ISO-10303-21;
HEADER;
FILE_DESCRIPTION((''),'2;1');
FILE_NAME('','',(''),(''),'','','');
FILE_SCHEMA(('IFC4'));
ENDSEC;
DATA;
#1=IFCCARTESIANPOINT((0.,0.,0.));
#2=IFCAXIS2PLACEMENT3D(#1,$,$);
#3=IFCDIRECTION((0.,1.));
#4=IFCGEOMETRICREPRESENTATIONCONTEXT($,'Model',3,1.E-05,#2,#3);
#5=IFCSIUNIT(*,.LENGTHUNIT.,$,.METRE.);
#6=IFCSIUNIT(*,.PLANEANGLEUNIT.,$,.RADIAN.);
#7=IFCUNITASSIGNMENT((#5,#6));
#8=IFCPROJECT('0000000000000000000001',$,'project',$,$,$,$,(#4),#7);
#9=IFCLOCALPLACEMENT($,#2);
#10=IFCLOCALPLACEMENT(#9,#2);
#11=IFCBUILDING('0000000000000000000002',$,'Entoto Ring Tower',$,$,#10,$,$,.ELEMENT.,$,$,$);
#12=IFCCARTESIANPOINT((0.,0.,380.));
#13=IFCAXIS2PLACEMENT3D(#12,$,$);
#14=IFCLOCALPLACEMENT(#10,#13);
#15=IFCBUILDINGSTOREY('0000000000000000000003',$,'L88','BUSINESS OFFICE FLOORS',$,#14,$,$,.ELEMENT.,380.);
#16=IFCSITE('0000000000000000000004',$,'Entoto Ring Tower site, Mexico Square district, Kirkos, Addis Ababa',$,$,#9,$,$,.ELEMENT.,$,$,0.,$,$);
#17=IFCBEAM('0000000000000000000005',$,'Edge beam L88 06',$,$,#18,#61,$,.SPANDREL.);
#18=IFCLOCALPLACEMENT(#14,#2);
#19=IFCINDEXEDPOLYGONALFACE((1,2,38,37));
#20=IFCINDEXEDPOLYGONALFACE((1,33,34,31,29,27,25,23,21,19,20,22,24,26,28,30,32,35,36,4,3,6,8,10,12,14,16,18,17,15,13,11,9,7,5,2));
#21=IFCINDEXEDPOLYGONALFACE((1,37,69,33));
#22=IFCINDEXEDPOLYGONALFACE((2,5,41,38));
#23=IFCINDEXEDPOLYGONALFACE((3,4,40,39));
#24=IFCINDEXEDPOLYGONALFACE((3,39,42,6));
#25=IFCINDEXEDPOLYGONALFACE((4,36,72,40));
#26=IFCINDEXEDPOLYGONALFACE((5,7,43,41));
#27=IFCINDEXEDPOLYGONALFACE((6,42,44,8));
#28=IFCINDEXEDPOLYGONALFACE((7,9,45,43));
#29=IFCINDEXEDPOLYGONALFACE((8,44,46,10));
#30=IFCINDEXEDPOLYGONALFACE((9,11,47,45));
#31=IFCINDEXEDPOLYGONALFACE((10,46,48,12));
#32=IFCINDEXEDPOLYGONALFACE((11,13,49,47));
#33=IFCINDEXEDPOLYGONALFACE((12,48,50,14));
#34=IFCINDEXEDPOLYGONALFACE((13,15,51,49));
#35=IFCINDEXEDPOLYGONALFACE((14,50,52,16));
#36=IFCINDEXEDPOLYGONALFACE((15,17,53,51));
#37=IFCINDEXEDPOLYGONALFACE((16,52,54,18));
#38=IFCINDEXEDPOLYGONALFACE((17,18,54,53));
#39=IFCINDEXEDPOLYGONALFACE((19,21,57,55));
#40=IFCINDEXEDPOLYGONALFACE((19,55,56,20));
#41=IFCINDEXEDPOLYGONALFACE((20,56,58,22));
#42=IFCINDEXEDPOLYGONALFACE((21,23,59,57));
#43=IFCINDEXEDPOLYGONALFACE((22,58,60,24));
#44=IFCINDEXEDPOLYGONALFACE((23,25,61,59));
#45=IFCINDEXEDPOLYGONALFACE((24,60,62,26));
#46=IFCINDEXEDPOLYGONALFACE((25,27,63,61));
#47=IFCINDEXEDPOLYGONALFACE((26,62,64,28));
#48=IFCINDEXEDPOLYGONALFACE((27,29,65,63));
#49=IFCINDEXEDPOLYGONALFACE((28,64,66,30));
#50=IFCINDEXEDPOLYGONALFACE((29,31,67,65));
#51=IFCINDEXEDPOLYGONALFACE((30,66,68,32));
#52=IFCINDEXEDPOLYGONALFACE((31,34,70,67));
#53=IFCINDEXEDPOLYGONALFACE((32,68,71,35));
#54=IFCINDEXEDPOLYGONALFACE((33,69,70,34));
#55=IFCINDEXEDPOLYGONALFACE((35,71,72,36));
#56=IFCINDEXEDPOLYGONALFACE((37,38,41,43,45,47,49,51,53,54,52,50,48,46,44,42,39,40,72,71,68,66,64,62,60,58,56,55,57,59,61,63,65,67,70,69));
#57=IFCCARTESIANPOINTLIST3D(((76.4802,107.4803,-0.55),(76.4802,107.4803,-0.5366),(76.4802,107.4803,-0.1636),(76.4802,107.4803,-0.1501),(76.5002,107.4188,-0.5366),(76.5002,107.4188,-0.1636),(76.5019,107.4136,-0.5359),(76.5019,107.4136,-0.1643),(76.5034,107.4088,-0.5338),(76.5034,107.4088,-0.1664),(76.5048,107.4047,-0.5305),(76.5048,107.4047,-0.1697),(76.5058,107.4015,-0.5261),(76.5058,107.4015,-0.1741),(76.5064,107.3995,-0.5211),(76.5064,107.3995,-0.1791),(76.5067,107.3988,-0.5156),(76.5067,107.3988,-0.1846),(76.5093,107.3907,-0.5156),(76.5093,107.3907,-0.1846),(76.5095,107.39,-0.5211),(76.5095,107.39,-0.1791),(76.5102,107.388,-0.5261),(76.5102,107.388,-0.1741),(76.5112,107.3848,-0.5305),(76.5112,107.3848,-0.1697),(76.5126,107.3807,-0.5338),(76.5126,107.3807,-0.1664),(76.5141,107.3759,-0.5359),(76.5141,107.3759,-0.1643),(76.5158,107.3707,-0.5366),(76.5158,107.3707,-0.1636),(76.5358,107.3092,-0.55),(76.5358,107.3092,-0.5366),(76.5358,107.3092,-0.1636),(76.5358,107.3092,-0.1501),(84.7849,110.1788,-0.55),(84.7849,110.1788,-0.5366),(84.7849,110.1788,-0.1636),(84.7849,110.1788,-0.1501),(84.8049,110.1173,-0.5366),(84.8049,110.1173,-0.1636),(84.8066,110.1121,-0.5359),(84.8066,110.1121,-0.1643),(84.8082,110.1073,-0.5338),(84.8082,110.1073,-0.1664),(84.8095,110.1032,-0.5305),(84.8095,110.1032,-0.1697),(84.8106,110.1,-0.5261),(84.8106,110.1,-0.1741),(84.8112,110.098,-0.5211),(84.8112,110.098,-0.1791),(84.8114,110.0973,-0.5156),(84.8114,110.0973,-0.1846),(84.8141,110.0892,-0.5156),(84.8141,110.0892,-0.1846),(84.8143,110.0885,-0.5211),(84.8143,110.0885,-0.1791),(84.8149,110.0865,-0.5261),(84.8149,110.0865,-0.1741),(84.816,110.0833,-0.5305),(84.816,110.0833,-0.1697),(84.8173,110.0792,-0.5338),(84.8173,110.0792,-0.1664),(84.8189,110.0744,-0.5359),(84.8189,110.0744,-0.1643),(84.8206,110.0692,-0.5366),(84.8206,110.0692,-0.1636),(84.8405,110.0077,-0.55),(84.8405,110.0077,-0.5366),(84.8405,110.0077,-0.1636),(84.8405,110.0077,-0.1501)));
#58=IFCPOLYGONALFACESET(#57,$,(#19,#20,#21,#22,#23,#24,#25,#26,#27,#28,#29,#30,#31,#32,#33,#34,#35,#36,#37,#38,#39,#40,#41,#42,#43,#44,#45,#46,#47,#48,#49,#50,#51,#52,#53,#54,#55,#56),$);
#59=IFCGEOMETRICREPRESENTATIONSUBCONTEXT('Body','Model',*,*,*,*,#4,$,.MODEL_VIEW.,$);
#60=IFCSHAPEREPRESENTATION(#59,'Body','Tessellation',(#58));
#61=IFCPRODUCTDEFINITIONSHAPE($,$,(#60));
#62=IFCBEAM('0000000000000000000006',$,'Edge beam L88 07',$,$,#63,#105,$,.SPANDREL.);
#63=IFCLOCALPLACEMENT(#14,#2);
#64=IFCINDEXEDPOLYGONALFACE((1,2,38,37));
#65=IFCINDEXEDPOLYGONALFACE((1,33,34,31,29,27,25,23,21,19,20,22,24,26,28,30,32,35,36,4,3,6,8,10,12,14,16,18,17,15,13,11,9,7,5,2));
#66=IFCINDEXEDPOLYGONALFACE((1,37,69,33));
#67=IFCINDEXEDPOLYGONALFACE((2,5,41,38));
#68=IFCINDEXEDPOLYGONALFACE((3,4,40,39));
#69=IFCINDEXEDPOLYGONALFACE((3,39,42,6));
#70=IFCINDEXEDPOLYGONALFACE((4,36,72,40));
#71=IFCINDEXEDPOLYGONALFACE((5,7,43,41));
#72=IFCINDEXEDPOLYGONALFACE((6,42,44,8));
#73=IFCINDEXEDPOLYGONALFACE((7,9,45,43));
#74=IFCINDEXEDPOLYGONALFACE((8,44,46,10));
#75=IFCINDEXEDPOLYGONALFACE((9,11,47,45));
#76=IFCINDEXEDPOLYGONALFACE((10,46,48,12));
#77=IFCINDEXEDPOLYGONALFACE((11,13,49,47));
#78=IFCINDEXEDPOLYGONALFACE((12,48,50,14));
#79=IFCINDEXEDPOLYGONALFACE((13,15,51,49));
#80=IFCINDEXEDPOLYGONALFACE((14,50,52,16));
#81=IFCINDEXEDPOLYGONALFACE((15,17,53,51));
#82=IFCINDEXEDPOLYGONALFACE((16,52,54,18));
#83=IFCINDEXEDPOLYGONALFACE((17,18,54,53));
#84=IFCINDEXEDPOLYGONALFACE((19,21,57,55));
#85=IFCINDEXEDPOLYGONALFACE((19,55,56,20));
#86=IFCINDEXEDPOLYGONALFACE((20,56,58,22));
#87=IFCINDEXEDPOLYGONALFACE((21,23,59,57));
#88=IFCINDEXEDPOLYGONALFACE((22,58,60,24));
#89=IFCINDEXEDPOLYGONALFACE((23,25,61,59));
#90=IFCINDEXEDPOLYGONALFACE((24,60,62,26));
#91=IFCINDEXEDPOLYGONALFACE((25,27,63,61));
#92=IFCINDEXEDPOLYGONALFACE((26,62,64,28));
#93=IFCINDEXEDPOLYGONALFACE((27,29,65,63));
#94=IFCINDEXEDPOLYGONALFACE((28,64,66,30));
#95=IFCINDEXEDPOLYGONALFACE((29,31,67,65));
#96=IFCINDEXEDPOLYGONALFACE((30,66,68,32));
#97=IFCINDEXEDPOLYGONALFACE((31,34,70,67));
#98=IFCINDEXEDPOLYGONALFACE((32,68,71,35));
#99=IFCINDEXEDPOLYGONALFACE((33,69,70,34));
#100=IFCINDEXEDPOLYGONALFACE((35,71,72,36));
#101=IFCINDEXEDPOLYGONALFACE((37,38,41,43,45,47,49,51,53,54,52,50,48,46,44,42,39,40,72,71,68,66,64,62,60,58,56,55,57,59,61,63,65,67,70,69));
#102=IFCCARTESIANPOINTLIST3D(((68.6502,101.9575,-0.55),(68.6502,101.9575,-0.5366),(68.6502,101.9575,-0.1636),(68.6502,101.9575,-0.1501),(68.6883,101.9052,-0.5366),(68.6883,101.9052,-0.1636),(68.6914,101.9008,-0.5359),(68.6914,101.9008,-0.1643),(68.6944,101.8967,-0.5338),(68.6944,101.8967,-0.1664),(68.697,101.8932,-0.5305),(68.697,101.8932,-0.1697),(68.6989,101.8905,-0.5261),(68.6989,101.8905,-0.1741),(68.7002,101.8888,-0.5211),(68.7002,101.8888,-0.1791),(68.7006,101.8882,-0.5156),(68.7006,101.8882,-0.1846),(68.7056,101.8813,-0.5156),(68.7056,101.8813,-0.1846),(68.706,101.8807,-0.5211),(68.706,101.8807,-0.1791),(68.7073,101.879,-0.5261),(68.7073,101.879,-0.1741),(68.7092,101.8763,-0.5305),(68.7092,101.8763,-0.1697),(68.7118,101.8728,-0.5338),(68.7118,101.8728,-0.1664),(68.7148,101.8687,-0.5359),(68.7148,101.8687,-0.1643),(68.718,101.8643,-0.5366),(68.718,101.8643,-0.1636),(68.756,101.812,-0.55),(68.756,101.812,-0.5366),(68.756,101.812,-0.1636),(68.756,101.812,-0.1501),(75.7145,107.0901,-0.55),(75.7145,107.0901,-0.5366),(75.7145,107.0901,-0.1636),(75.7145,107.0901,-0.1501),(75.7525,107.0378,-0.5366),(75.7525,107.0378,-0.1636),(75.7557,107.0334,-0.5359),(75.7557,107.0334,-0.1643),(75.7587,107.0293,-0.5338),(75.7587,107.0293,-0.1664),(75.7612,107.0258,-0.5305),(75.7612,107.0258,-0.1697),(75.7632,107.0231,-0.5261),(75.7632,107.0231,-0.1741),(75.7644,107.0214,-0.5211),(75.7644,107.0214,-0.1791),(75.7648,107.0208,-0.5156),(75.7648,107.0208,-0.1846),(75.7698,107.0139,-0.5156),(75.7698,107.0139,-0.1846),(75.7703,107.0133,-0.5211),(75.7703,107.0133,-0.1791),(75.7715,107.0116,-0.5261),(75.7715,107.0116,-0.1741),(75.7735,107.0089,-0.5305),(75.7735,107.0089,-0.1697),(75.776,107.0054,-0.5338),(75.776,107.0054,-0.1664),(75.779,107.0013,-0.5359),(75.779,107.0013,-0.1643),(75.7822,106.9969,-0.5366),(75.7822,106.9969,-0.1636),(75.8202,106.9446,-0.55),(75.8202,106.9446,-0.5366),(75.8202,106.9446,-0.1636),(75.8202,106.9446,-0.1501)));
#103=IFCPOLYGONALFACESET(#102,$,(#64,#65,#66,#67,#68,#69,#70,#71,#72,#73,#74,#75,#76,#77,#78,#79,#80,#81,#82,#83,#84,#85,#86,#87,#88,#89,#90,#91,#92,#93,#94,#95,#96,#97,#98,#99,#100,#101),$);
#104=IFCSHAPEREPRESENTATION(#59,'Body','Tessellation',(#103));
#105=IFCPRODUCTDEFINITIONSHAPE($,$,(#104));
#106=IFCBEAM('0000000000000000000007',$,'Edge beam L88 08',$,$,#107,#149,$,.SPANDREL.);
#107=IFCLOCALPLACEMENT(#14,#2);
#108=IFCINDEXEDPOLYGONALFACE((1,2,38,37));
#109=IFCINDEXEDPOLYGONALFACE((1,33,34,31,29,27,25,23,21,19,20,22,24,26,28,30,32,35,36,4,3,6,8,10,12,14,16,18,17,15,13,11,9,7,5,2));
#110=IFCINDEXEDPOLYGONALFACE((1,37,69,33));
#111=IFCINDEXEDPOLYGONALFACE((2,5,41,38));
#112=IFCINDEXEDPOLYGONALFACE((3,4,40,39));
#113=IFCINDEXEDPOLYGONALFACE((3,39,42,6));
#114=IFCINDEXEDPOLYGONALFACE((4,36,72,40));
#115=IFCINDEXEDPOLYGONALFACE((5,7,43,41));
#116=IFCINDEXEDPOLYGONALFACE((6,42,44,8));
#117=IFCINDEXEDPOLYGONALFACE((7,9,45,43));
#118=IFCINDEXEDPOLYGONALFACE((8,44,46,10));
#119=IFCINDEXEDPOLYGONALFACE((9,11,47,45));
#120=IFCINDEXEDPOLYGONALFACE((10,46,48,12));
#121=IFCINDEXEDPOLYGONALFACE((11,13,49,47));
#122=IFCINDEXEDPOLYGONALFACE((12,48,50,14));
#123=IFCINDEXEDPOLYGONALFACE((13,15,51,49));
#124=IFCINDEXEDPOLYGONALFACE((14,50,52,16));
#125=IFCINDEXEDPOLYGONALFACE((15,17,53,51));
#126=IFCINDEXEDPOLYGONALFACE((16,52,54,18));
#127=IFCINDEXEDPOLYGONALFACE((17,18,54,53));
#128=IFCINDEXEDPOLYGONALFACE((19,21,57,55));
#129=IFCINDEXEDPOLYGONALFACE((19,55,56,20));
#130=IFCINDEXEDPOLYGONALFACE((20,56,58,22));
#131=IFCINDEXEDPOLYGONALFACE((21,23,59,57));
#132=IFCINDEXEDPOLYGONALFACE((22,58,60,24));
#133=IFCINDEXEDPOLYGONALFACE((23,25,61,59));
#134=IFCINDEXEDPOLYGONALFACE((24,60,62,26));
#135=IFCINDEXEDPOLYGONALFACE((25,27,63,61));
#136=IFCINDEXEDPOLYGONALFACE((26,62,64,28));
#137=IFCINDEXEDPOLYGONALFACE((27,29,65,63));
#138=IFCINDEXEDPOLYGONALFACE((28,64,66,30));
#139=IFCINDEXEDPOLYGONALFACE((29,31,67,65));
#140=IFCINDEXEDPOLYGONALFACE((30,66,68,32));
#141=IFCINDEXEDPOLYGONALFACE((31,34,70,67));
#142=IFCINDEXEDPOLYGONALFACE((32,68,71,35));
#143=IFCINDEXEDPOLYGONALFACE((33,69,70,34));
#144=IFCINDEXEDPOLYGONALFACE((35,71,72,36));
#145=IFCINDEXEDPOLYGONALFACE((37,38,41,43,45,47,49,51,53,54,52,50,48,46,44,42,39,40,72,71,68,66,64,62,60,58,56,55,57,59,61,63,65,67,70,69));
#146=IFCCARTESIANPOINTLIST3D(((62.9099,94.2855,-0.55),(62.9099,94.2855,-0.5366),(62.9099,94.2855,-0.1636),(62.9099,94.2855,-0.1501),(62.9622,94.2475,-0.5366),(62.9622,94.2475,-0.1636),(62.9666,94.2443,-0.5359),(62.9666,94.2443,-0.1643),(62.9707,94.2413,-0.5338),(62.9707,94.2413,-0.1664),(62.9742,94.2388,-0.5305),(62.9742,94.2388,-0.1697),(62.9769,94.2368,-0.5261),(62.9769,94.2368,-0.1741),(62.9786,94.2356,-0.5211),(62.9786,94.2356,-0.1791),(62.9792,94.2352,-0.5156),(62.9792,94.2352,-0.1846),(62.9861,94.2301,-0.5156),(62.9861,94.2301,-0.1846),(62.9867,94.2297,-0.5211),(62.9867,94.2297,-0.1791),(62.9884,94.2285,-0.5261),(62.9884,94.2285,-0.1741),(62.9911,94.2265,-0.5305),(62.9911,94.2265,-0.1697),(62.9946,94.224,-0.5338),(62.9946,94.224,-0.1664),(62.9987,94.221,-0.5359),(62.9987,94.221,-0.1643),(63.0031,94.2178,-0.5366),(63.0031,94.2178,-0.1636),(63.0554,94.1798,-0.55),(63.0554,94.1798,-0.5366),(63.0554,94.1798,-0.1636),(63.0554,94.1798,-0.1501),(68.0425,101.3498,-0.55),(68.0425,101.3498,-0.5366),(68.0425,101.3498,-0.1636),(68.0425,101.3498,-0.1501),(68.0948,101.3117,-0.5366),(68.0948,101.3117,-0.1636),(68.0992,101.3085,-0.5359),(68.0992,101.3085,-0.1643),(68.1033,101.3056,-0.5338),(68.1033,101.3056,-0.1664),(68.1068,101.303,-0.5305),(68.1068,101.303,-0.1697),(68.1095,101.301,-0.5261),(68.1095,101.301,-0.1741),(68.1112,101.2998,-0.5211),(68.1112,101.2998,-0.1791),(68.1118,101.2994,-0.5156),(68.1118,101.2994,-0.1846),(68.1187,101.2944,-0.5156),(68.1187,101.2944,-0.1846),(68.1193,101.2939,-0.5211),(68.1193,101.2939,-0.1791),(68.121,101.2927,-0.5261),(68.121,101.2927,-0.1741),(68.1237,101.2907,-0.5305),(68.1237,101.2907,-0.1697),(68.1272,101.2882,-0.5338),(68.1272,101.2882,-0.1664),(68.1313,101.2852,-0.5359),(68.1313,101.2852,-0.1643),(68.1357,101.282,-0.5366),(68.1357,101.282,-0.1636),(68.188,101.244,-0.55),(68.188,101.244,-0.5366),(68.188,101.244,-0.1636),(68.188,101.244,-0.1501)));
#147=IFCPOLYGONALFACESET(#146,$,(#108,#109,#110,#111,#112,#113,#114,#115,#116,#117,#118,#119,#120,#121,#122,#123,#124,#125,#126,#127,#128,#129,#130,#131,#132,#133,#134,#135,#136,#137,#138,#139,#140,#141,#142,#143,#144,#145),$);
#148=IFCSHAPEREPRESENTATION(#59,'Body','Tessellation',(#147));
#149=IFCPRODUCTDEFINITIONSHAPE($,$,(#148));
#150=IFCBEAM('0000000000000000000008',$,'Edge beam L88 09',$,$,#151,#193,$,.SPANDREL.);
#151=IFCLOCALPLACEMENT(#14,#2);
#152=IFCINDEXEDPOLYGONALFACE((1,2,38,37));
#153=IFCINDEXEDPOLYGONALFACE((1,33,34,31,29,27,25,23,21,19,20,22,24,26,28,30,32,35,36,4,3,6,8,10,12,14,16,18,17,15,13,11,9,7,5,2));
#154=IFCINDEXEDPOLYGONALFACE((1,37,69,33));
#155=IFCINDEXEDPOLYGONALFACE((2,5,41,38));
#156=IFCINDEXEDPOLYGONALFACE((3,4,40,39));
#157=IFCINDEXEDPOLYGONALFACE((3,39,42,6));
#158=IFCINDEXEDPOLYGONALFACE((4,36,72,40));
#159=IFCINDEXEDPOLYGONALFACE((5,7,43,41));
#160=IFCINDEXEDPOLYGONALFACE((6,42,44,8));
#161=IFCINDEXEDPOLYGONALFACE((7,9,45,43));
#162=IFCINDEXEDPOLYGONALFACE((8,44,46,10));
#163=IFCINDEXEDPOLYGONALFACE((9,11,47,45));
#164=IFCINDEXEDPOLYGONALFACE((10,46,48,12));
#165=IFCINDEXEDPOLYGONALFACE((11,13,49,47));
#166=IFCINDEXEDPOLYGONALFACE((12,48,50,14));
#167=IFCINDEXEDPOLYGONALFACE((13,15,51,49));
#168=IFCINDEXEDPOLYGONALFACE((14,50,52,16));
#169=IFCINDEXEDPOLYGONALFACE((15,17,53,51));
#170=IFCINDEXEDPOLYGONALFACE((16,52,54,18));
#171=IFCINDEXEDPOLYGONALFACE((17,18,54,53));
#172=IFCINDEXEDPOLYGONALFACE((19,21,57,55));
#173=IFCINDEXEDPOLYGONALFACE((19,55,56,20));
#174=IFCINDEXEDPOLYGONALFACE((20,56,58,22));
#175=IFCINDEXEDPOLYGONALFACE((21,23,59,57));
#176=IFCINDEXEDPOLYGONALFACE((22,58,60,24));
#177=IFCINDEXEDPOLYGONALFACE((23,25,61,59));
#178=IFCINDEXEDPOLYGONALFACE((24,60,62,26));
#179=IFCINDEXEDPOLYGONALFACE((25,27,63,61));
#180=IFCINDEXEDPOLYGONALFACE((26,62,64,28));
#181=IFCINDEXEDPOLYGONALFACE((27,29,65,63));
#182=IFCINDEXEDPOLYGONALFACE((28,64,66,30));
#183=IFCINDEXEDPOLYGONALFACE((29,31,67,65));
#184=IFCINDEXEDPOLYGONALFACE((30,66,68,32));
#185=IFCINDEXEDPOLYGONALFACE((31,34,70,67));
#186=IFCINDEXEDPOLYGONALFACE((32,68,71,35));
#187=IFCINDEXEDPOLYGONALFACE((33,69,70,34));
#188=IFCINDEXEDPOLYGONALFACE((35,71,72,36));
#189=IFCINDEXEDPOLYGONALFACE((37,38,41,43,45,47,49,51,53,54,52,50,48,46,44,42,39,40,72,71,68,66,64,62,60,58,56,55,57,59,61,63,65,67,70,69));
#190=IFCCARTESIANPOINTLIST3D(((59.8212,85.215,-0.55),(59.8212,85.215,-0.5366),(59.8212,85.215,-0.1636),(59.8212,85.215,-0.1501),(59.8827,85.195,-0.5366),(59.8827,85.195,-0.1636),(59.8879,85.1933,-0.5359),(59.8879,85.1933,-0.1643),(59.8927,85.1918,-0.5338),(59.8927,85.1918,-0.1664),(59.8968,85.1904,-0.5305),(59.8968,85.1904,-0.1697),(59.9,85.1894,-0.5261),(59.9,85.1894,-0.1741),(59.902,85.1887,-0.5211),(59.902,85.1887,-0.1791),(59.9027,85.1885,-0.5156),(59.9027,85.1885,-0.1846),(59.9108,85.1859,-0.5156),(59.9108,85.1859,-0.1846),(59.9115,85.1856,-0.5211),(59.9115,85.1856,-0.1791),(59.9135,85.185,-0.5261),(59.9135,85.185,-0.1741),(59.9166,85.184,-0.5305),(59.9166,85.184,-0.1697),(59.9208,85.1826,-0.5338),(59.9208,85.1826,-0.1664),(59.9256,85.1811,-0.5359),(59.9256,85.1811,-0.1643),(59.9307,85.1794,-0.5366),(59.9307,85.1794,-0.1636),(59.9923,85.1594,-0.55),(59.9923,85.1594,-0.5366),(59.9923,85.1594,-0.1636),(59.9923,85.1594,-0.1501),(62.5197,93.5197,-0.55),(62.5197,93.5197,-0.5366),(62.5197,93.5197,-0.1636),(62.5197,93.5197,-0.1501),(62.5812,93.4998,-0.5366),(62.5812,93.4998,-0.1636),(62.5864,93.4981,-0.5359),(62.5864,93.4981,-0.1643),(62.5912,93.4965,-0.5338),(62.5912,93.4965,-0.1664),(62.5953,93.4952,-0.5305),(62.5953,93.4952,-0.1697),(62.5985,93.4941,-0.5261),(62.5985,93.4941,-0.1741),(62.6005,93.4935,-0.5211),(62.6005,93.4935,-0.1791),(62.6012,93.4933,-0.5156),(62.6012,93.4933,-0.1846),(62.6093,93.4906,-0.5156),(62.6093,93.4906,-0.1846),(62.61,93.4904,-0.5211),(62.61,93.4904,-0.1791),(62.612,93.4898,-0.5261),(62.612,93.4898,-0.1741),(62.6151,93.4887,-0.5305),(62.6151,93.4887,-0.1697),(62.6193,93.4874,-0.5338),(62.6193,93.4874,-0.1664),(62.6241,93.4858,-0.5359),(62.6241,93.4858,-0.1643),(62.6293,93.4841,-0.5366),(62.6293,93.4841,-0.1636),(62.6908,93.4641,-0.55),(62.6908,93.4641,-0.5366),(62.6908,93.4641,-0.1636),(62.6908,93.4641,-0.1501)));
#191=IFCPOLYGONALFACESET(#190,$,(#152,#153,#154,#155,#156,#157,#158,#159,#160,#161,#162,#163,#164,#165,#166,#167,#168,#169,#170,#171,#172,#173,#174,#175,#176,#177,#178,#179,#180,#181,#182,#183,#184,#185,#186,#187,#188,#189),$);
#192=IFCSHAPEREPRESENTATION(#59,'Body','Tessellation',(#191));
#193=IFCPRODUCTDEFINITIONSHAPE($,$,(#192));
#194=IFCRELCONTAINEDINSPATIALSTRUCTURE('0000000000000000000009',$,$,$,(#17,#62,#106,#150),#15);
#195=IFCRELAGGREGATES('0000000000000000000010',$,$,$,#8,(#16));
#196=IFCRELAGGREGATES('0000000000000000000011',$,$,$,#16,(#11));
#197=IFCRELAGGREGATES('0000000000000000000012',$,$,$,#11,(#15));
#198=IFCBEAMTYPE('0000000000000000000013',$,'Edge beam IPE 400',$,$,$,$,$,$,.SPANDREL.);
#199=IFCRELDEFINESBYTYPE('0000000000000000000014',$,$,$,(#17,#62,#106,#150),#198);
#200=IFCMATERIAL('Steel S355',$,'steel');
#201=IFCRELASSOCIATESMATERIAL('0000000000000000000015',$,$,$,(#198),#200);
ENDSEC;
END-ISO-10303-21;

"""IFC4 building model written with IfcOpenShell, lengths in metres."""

from ifc_helpers import new_model, si_unit, direction, frame, origin, origin_2d, place, context, subcontext, project, spatial, i_section, extrude, material, material_profile, profile_set, type_object, element, save


model = new_model("IFC4")

# Units and contexts
model_context = context("Model", 3, precision=1e-05, world=origin(), true_north=direction((0.0, 1.0)))
body_context = subcontext(model_context, "Body", "Model", "MODEL_VIEW")
ifc_project = project(units=[si_unit("LENGTHUNIT", "METRE"), si_unit("PLANEANGLEUNIT", "RADIAN")], contexts=[model_context])

# Site, building, storey
site_placement = place(None, origin())
site = spatial("IfcSite", under=ifc_project, at=site_placement, Name="Entoto Ring Tower site, Mexico Square district, Kirkos, Addis Ababa", CompositionType="ELEMENT", RefElevation=0.0)
building_placement = place(site_placement, origin())
building = spatial("IfcBuilding", under=site, at=building_placement, Name="Entoto Ring Tower", CompositionType="ELEMENT")
storey_placement = place(building_placement, frame((0.0, 0.0, 380.0)))
storey = spatial("IfcBuildingStorey", under=building, at=storey_placement, Name="L88", Description="BUSINESS OFFICE FLOORS", CompositionType="ELEMENT", Elevation=380.0)

# Beams
ifc_material_1 = material(Name="Steel S355", Category="steel")
ifc_material_profile_1 = material_profile(ifc_material_1, i_section(OverallWidth=0.1799, OverallDepth=0.3999, WebThickness=0.0085, FlangeThickness=0.0134, FilletRadius=0.021, at=origin_2d()), Name="IPE 400")
ifc_profile_set_1 = profile_set([ifc_material_profile_1], Name="Steel S355")
beam_type_1 = type_object("IfcBeamType", Name="Edge beam IPE 400", PredefinedType="SPANDREL", material=ifc_profile_set_1)
beam_1_placement = place(storey_placement, frame((84.8127, 110.0933, -0.3501), z_axis=(-0.951052, -0.30903, 0.0), x_axis=(0.30903, -0.951052, 0.0)))
element("IfcBeam", 1, at=beam_1_placement, inside=storey, type_object=beam_type_1, Name="Edge beam L88 06", PredefinedType="SPANDREL", context=body_context, shape_type="SweptSolid", body=[
    extrude(i_section(OverallWidth=0.1799, OverallDepth=0.3999, WebThickness=0.0085, FlangeThickness=0.0134, FilletRadius=0.021, at=origin_2d()), origin(), (0.0, 0.0, 1.0), 8.7322),
])
for number, where, z_axis, x_axis, name in (
    (2, (75.7673, 107.0173, -0.3501), (-0.80901, -0.587794, 0.0), (0.587794, -0.80901, 0.0), "Edge beam L88 07"),
    (3, (68.1152, 101.2969, -0.3501), (-0.587794, -0.80901, 0.0), (0.80901, -0.587794, 0.0), "Edge beam L88 08"),
):
    element("IfcBeam", number, at=place(storey_placement, frame(where, z_axis=z_axis, x_axis=x_axis)), inside=storey, type_object=beam_type_1, Name=name, PredefinedType="SPANDREL", context=body_context, shape_type="SweptSolid", body=[
        extrude(i_section(OverallWidth=0.1799, OverallDepth=0.3999, WebThickness=0.0085, FlangeThickness=0.0134, FilletRadius=0.021, at=origin_2d()), origin(), (0.0, 0.0, 1.0), 8.7319),
    ])
beam_2_placement = place(storey_placement, frame((62.6052, 93.4919, -0.3501), z_axis=(-0.30903, -0.951052, 0.0), x_axis=(0.951052, -0.30903, 0.0)))
element("IfcBeam", 4, at=beam_2_placement, inside=storey, type_object=beam_type_1, Name="Edge beam L88 09", PredefinedType="SPANDREL", context=body_context, shape_type="SweptSolid", body=[
    extrude(i_section(OverallWidth=0.1799, OverallDepth=0.3999, WebThickness=0.0085, FlangeThickness=0.0134, FilletRadius=0.021, at=origin_2d()), origin(), (0.0, 0.0, 1.0), 8.7322),
])

save(model, "model.ifc")
